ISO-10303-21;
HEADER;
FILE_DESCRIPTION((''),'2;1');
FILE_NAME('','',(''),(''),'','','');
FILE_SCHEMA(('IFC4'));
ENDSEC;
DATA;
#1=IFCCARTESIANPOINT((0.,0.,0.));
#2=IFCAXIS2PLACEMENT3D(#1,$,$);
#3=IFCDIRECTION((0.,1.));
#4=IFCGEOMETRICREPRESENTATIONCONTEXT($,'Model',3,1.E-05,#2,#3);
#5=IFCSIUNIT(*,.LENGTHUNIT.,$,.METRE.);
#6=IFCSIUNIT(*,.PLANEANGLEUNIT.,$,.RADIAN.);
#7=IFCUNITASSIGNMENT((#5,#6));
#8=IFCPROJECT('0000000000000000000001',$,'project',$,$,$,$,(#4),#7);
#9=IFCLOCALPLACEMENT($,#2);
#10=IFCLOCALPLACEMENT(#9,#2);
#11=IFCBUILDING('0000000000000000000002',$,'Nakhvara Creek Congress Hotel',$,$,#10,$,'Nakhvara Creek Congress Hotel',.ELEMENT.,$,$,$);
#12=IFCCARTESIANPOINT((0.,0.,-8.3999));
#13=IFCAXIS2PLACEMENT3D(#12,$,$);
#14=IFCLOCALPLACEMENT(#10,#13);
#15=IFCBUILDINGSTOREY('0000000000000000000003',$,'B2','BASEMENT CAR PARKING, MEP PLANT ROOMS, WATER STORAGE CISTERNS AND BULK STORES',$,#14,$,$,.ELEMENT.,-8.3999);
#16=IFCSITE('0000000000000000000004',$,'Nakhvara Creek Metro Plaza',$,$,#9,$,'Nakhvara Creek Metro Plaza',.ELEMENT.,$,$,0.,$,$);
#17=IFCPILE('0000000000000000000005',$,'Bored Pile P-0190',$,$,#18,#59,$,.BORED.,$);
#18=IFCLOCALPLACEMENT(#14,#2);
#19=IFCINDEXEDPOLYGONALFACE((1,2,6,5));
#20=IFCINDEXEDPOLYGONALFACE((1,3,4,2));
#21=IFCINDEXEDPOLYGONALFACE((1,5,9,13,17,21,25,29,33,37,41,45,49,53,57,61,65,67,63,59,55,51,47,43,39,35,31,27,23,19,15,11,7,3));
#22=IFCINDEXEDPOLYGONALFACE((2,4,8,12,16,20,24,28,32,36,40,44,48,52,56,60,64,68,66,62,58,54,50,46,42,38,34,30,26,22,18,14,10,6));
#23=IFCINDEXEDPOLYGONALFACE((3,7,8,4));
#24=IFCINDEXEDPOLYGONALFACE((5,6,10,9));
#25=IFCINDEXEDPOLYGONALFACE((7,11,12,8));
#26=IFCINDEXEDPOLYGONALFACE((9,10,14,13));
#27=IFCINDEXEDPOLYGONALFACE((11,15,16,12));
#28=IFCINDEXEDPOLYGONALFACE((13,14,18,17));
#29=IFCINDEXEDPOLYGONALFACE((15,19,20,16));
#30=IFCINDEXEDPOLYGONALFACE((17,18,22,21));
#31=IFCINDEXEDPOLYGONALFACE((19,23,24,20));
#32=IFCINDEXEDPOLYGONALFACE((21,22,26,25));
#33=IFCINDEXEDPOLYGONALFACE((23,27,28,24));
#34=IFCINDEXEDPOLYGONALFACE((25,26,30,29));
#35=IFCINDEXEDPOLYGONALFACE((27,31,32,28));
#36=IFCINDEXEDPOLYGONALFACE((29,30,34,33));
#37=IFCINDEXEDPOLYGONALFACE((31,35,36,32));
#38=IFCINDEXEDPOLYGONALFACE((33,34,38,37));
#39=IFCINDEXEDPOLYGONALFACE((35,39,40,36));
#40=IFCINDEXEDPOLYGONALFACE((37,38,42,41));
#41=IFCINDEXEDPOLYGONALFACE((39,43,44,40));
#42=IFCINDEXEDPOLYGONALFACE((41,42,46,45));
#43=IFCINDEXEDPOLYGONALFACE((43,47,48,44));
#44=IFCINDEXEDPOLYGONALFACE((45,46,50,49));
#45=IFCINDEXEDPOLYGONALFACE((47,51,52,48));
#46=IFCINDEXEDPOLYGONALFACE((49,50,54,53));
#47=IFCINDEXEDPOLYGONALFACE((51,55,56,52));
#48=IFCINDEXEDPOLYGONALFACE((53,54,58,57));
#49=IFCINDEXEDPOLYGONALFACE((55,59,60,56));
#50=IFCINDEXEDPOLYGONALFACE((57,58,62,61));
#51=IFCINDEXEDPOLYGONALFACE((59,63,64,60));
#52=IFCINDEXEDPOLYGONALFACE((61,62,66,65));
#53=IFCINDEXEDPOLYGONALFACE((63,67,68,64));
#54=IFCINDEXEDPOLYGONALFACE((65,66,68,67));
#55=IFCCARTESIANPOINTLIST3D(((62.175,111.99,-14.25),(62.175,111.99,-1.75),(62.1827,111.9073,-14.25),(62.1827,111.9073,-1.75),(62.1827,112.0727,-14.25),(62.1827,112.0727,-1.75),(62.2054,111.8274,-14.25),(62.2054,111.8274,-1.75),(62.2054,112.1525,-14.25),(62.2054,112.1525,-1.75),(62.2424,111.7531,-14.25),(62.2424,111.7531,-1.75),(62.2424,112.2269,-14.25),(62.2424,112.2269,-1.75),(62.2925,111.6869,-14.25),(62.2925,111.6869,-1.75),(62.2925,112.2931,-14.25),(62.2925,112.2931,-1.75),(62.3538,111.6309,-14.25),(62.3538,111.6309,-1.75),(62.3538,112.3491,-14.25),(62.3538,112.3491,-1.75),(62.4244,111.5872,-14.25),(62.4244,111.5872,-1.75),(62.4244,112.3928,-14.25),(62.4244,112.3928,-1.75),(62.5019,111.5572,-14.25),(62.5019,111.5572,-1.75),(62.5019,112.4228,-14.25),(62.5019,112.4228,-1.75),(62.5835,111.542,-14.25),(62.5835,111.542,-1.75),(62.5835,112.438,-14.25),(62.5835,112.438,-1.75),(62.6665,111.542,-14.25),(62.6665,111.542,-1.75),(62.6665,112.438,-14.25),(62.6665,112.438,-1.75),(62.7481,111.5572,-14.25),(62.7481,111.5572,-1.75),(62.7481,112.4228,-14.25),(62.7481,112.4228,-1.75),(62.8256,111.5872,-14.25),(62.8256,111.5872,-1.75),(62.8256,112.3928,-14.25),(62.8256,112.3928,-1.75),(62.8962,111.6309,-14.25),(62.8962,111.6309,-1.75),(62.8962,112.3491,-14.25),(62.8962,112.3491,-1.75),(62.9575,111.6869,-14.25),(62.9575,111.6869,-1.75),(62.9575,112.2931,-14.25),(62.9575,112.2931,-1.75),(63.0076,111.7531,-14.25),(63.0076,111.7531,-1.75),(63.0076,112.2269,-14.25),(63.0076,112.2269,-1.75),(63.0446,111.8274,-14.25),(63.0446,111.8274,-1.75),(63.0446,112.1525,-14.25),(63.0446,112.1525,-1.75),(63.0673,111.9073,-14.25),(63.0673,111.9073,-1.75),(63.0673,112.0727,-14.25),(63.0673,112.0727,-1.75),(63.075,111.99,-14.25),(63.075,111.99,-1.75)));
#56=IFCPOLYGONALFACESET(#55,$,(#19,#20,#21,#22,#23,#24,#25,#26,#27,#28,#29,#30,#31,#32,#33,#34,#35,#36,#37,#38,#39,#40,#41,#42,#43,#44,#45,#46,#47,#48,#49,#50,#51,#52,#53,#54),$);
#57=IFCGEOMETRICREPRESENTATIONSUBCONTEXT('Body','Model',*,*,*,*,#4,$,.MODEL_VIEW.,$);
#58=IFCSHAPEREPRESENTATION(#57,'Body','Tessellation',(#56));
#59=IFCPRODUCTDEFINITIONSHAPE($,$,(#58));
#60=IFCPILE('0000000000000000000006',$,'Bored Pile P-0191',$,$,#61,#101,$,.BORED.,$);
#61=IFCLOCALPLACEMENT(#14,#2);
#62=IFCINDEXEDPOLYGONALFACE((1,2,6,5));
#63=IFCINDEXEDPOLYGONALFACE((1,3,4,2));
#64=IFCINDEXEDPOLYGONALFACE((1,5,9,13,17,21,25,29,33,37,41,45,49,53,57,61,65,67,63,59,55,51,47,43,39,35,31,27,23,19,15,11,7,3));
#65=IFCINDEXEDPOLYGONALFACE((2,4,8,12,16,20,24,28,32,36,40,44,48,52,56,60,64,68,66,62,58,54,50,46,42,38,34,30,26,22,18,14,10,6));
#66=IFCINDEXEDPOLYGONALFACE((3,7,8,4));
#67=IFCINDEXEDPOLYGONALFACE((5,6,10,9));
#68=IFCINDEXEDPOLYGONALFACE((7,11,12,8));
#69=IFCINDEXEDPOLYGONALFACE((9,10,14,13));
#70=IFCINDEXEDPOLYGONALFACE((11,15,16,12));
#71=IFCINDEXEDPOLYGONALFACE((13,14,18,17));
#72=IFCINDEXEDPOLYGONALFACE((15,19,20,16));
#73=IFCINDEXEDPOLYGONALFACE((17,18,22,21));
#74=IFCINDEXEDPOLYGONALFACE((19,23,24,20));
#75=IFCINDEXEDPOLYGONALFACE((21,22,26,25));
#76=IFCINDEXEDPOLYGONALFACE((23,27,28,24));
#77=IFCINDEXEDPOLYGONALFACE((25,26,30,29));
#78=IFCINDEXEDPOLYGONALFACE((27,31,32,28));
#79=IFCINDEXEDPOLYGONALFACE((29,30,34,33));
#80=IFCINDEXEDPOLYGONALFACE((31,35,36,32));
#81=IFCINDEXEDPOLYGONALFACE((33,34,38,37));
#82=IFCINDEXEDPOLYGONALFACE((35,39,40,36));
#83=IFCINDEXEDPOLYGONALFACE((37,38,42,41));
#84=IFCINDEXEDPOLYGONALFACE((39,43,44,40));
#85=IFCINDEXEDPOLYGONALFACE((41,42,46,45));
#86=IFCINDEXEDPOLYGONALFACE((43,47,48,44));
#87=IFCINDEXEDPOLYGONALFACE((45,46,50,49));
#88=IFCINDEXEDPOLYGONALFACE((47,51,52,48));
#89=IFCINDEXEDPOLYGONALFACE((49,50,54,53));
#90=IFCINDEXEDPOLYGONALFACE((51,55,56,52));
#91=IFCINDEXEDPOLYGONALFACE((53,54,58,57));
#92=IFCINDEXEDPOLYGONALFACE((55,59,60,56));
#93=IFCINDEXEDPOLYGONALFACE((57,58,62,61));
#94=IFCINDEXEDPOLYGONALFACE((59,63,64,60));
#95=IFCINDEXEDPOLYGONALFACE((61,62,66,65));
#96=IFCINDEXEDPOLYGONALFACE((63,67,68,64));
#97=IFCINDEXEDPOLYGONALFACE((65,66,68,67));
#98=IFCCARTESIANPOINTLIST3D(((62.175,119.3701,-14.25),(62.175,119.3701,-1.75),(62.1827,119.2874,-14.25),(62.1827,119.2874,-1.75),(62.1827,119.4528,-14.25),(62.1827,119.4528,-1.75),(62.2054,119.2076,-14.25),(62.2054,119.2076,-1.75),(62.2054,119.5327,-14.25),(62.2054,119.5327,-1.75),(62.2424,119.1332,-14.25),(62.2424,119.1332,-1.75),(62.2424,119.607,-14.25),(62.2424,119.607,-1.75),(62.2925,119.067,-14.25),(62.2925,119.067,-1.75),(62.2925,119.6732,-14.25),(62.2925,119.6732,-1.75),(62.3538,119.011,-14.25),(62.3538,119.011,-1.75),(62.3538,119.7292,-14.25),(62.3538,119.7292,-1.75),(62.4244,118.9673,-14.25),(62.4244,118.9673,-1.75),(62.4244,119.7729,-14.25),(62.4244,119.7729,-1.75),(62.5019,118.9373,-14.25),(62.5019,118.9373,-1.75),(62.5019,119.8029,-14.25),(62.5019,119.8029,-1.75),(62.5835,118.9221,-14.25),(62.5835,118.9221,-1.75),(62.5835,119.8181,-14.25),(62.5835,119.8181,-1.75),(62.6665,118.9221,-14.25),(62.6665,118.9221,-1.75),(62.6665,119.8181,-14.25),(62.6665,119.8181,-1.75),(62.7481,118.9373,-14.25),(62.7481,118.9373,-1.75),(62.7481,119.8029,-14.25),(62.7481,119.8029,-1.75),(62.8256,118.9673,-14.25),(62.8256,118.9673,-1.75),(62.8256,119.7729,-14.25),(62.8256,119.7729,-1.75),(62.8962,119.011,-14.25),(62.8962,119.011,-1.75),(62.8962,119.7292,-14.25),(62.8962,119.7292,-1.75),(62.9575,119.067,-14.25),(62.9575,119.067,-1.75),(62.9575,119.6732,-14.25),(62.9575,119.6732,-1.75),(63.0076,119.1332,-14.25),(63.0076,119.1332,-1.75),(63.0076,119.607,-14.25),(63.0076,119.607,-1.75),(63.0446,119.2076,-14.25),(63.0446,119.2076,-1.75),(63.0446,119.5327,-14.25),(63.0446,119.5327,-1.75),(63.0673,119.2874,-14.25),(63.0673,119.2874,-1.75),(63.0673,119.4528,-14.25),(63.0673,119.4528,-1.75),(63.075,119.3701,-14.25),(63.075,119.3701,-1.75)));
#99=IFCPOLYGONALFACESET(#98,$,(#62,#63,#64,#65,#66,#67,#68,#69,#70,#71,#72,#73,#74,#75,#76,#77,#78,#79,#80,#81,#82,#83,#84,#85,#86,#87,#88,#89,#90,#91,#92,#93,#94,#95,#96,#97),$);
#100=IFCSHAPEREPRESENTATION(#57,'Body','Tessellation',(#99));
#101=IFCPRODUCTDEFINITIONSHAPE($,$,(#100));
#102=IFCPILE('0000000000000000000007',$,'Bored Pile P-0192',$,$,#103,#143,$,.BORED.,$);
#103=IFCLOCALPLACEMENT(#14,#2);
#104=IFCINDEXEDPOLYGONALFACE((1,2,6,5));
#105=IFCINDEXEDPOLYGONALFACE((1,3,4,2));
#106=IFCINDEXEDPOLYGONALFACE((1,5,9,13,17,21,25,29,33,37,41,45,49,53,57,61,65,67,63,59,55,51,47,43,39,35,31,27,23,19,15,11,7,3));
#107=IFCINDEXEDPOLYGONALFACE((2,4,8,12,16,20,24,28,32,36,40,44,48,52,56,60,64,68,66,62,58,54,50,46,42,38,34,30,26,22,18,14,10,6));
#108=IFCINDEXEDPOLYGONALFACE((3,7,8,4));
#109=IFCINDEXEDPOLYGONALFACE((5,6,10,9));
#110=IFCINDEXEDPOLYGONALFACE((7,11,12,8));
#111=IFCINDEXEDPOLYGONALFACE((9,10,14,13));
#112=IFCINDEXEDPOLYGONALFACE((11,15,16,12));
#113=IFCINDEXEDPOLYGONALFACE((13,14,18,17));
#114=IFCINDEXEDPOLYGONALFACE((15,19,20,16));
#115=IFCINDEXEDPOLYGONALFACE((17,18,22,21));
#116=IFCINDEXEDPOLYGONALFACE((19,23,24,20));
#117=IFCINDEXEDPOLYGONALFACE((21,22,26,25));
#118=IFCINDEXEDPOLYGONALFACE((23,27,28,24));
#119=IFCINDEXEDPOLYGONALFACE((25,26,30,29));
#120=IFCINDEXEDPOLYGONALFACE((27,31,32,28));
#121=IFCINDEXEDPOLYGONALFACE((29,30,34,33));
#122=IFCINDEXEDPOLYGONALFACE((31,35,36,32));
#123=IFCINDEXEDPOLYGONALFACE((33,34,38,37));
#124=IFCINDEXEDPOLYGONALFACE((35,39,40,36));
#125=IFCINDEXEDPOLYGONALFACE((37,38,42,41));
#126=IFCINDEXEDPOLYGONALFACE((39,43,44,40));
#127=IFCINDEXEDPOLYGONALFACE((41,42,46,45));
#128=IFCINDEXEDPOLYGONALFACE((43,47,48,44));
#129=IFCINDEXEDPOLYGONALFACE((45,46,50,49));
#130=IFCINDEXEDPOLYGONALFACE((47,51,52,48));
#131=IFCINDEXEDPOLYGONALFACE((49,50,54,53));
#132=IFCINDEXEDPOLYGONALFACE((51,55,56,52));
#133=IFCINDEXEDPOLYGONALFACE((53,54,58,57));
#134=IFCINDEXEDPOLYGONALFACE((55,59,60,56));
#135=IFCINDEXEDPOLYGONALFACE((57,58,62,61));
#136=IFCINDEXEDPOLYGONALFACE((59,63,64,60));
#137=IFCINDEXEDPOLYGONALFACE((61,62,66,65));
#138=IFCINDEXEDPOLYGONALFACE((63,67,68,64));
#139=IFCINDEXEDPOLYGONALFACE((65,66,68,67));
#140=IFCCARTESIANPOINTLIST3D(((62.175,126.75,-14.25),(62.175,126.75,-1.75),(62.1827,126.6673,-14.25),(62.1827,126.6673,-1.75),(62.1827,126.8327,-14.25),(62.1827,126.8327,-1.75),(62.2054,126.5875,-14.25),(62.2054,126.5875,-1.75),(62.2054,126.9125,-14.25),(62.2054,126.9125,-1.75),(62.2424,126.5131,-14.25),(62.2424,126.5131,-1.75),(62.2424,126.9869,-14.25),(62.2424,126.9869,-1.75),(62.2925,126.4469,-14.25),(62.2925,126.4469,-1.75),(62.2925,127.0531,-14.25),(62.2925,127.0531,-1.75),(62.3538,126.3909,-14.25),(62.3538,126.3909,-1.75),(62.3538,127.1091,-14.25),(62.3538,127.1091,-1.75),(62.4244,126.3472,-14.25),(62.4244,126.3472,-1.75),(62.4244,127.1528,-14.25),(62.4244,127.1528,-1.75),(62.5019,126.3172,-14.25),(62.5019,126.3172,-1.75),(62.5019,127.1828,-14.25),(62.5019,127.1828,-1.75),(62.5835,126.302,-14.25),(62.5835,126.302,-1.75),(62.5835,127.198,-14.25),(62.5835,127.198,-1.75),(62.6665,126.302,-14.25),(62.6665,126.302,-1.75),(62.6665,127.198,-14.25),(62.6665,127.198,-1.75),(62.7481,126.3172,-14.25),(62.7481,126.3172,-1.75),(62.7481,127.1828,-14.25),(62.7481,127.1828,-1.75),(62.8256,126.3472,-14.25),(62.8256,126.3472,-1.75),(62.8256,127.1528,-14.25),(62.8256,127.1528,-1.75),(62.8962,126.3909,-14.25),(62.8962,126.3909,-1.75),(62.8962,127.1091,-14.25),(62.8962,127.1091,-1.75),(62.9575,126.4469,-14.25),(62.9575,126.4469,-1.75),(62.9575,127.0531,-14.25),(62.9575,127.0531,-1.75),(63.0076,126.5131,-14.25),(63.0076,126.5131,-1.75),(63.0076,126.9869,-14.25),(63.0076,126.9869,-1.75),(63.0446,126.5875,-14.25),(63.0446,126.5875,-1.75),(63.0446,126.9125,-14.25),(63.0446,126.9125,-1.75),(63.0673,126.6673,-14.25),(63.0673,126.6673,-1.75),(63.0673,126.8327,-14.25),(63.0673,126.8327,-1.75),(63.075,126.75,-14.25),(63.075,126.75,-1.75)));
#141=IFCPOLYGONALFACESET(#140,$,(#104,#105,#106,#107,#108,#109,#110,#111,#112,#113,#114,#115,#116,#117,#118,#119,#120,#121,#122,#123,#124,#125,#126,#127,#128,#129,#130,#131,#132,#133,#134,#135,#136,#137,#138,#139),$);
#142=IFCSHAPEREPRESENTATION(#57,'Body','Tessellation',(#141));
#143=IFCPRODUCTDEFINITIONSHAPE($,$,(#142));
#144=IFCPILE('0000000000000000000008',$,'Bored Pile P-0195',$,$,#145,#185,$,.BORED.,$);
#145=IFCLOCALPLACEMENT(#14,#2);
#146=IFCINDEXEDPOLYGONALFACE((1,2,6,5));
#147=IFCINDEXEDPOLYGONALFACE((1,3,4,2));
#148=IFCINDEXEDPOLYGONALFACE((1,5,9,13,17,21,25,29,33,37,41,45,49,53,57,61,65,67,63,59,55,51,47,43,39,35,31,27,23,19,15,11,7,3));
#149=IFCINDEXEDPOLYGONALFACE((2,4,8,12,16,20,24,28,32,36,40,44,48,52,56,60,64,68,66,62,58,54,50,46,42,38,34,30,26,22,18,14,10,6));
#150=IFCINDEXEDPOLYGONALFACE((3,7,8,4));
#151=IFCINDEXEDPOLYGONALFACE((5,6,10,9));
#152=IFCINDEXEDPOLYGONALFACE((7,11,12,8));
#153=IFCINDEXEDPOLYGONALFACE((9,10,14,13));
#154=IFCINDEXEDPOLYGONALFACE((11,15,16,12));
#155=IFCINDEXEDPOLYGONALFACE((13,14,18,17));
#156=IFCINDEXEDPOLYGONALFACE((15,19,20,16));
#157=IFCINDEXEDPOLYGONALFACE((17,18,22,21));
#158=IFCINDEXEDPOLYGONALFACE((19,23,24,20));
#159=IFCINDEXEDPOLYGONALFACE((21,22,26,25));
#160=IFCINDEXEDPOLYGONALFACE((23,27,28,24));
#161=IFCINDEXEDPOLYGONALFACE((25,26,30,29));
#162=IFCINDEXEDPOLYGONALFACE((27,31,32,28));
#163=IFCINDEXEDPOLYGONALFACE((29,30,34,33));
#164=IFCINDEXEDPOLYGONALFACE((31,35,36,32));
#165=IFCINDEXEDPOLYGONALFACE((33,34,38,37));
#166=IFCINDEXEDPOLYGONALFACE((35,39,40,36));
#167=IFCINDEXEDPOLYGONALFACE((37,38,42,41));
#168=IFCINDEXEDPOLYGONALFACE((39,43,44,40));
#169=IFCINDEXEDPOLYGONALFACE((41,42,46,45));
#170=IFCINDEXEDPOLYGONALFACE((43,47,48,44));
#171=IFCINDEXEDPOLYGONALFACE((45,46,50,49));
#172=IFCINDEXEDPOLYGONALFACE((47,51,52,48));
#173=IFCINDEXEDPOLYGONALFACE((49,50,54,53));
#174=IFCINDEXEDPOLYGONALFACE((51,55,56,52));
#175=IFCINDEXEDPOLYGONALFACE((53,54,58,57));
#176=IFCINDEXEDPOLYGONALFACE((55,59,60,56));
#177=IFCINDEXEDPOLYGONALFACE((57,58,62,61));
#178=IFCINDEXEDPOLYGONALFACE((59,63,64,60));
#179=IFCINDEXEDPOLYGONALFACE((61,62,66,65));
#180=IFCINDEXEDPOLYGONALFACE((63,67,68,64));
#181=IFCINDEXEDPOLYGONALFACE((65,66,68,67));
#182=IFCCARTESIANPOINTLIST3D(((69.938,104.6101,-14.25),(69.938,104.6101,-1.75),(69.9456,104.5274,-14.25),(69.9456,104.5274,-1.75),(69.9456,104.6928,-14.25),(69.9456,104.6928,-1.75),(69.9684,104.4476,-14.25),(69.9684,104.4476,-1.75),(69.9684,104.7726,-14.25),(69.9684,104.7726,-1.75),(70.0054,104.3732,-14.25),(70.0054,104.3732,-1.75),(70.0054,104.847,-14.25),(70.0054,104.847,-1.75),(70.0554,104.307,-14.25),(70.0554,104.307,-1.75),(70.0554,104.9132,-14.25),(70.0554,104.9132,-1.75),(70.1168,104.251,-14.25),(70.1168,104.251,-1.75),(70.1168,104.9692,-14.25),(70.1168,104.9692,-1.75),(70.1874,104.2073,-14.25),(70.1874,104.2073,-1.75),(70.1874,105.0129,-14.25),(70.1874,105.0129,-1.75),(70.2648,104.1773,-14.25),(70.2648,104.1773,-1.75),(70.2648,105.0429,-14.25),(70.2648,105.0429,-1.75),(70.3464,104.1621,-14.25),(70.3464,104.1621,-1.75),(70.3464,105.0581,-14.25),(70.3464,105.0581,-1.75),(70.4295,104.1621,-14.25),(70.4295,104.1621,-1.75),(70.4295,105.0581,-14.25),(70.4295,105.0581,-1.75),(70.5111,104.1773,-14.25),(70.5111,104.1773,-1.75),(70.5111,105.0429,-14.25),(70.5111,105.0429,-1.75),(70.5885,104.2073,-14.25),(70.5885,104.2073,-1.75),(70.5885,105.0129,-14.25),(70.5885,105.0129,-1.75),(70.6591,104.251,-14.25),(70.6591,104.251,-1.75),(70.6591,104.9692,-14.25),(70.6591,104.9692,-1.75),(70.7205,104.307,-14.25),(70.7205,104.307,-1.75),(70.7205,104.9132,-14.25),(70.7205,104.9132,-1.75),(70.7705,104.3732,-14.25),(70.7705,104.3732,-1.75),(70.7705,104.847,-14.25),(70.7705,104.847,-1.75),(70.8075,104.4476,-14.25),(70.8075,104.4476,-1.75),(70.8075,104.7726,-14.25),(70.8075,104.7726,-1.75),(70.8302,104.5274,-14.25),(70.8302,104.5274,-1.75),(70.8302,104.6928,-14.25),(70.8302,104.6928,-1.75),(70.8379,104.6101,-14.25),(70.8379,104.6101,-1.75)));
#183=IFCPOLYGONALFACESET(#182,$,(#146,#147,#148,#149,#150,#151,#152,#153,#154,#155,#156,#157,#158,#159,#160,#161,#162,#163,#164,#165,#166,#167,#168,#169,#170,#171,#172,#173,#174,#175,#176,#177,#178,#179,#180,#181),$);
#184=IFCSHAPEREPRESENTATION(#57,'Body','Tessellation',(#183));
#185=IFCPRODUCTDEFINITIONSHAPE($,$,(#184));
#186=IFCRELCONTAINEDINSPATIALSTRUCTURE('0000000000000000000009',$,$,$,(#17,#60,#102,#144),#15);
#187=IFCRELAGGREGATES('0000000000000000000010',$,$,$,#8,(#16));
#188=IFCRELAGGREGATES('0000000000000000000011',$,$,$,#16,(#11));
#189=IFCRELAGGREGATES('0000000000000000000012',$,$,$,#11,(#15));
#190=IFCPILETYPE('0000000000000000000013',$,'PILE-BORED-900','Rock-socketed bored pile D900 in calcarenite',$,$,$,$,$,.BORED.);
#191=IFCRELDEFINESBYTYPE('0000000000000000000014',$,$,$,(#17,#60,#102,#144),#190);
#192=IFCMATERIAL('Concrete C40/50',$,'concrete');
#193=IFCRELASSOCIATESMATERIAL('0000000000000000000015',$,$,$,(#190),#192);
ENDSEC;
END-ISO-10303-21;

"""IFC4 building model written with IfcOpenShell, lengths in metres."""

from ifc_helpers import new_model, si_unit, direction, frame, origin, origin_2d, place, context, subcontext, project, spatial, circle, extrude, material, material_profile, profile_set, type_object, element, save


model = new_model("IFC4")

# Units and contexts
model_context = context("Model", 3, precision=1e-05, world=origin(), true_north=direction((0.0, 1.0)))
body_context = subcontext(model_context, "Body", "Model", "MODEL_VIEW")
ifc_project = project(units=[si_unit("LENGTHUNIT", "METRE"), si_unit("PLANEANGLEUNIT", "RADIAN")], contexts=[model_context])

# Site, building, storey
site_placement = place(None, origin())
site = spatial("IfcSite", under=ifc_project, at=site_placement, Name="Nakhvara Creek Metro Plaza", LongName="Nakhvara Creek Metro Plaza", CompositionType="ELEMENT", RefElevation=0.0)
building_placement = place(site_placement, origin())
building = spatial("IfcBuilding", under=site, at=building_placement, Name="Nakhvara Creek Congress Hotel", LongName="Nakhvara Creek Congress Hotel", CompositionType="ELEMENT")
storey_placement = place(building_placement, frame((0.0, 0.0, -8.3999)))
storey = spatial("IfcBuildingStorey", under=building, at=storey_placement, Name="B2", Description="BASEMENT CAR PARKING, MEP PLANT ROOMS, WATER STORAGE CISTERNS AND BULK STORES", CompositionType="ELEMENT", Elevation=-8.3999)

# Shared definitions
ifc_material_1 = material(Name="Concrete C40/50", Category="concrete")

# Piles
ifc_material_profile_1 = material_profile(ifc_material_1, circle(Radius=0.45, at=origin_2d()), Name="BORED PILE D900", Category="LoadBearing")
ifc_profile_set_1 = profile_set([ifc_material_profile_1], Name="Concrete C40/50")
pile_type = type_object("IfcPileType", Name="PILE-BORED-900", Description="Rock-socketed bored pile D900 in calcarenite", PredefinedType="BORED", material=ifc_profile_set_1)
for number, where, z_axis, x_axis, name in (
    (1, (62.625, 111.99, -1.75), (0.0, 0.0, -1.0), (1.0, 0.0, 0.0), "Bored Pile P-0190"),
    (2, (62.625, 119.3701, -1.75), (0.0, 0.0, -1.0), (1.0, 0.0, 0.0), "Bored Pile P-0191"),
    (3, (62.625, 126.75, -1.75), (0.0, 0.0, -1.0), (1.0, 0.0, 0.0), "Bored Pile P-0192"),
    (4, (70.3879, 104.6101, -1.75), (0.0, 0.0, -1.0), (1.0, 0.0, 0.0), "Bored Pile P-0195"),
):
    element("IfcPile", number, at=place(storey_placement, frame(where, z_axis=z_axis, x_axis=x_axis)), inside=storey, type_object=pile_type, Name=name, PredefinedType="BORED", context=body_context, shape_type="SweptSolid", body=[
        extrude(circle(Radius=0.45, at=origin_2d()), origin(), (0.0, 0.0, 1.0), 12.5),
    ])

save(model, "model.ifc")
